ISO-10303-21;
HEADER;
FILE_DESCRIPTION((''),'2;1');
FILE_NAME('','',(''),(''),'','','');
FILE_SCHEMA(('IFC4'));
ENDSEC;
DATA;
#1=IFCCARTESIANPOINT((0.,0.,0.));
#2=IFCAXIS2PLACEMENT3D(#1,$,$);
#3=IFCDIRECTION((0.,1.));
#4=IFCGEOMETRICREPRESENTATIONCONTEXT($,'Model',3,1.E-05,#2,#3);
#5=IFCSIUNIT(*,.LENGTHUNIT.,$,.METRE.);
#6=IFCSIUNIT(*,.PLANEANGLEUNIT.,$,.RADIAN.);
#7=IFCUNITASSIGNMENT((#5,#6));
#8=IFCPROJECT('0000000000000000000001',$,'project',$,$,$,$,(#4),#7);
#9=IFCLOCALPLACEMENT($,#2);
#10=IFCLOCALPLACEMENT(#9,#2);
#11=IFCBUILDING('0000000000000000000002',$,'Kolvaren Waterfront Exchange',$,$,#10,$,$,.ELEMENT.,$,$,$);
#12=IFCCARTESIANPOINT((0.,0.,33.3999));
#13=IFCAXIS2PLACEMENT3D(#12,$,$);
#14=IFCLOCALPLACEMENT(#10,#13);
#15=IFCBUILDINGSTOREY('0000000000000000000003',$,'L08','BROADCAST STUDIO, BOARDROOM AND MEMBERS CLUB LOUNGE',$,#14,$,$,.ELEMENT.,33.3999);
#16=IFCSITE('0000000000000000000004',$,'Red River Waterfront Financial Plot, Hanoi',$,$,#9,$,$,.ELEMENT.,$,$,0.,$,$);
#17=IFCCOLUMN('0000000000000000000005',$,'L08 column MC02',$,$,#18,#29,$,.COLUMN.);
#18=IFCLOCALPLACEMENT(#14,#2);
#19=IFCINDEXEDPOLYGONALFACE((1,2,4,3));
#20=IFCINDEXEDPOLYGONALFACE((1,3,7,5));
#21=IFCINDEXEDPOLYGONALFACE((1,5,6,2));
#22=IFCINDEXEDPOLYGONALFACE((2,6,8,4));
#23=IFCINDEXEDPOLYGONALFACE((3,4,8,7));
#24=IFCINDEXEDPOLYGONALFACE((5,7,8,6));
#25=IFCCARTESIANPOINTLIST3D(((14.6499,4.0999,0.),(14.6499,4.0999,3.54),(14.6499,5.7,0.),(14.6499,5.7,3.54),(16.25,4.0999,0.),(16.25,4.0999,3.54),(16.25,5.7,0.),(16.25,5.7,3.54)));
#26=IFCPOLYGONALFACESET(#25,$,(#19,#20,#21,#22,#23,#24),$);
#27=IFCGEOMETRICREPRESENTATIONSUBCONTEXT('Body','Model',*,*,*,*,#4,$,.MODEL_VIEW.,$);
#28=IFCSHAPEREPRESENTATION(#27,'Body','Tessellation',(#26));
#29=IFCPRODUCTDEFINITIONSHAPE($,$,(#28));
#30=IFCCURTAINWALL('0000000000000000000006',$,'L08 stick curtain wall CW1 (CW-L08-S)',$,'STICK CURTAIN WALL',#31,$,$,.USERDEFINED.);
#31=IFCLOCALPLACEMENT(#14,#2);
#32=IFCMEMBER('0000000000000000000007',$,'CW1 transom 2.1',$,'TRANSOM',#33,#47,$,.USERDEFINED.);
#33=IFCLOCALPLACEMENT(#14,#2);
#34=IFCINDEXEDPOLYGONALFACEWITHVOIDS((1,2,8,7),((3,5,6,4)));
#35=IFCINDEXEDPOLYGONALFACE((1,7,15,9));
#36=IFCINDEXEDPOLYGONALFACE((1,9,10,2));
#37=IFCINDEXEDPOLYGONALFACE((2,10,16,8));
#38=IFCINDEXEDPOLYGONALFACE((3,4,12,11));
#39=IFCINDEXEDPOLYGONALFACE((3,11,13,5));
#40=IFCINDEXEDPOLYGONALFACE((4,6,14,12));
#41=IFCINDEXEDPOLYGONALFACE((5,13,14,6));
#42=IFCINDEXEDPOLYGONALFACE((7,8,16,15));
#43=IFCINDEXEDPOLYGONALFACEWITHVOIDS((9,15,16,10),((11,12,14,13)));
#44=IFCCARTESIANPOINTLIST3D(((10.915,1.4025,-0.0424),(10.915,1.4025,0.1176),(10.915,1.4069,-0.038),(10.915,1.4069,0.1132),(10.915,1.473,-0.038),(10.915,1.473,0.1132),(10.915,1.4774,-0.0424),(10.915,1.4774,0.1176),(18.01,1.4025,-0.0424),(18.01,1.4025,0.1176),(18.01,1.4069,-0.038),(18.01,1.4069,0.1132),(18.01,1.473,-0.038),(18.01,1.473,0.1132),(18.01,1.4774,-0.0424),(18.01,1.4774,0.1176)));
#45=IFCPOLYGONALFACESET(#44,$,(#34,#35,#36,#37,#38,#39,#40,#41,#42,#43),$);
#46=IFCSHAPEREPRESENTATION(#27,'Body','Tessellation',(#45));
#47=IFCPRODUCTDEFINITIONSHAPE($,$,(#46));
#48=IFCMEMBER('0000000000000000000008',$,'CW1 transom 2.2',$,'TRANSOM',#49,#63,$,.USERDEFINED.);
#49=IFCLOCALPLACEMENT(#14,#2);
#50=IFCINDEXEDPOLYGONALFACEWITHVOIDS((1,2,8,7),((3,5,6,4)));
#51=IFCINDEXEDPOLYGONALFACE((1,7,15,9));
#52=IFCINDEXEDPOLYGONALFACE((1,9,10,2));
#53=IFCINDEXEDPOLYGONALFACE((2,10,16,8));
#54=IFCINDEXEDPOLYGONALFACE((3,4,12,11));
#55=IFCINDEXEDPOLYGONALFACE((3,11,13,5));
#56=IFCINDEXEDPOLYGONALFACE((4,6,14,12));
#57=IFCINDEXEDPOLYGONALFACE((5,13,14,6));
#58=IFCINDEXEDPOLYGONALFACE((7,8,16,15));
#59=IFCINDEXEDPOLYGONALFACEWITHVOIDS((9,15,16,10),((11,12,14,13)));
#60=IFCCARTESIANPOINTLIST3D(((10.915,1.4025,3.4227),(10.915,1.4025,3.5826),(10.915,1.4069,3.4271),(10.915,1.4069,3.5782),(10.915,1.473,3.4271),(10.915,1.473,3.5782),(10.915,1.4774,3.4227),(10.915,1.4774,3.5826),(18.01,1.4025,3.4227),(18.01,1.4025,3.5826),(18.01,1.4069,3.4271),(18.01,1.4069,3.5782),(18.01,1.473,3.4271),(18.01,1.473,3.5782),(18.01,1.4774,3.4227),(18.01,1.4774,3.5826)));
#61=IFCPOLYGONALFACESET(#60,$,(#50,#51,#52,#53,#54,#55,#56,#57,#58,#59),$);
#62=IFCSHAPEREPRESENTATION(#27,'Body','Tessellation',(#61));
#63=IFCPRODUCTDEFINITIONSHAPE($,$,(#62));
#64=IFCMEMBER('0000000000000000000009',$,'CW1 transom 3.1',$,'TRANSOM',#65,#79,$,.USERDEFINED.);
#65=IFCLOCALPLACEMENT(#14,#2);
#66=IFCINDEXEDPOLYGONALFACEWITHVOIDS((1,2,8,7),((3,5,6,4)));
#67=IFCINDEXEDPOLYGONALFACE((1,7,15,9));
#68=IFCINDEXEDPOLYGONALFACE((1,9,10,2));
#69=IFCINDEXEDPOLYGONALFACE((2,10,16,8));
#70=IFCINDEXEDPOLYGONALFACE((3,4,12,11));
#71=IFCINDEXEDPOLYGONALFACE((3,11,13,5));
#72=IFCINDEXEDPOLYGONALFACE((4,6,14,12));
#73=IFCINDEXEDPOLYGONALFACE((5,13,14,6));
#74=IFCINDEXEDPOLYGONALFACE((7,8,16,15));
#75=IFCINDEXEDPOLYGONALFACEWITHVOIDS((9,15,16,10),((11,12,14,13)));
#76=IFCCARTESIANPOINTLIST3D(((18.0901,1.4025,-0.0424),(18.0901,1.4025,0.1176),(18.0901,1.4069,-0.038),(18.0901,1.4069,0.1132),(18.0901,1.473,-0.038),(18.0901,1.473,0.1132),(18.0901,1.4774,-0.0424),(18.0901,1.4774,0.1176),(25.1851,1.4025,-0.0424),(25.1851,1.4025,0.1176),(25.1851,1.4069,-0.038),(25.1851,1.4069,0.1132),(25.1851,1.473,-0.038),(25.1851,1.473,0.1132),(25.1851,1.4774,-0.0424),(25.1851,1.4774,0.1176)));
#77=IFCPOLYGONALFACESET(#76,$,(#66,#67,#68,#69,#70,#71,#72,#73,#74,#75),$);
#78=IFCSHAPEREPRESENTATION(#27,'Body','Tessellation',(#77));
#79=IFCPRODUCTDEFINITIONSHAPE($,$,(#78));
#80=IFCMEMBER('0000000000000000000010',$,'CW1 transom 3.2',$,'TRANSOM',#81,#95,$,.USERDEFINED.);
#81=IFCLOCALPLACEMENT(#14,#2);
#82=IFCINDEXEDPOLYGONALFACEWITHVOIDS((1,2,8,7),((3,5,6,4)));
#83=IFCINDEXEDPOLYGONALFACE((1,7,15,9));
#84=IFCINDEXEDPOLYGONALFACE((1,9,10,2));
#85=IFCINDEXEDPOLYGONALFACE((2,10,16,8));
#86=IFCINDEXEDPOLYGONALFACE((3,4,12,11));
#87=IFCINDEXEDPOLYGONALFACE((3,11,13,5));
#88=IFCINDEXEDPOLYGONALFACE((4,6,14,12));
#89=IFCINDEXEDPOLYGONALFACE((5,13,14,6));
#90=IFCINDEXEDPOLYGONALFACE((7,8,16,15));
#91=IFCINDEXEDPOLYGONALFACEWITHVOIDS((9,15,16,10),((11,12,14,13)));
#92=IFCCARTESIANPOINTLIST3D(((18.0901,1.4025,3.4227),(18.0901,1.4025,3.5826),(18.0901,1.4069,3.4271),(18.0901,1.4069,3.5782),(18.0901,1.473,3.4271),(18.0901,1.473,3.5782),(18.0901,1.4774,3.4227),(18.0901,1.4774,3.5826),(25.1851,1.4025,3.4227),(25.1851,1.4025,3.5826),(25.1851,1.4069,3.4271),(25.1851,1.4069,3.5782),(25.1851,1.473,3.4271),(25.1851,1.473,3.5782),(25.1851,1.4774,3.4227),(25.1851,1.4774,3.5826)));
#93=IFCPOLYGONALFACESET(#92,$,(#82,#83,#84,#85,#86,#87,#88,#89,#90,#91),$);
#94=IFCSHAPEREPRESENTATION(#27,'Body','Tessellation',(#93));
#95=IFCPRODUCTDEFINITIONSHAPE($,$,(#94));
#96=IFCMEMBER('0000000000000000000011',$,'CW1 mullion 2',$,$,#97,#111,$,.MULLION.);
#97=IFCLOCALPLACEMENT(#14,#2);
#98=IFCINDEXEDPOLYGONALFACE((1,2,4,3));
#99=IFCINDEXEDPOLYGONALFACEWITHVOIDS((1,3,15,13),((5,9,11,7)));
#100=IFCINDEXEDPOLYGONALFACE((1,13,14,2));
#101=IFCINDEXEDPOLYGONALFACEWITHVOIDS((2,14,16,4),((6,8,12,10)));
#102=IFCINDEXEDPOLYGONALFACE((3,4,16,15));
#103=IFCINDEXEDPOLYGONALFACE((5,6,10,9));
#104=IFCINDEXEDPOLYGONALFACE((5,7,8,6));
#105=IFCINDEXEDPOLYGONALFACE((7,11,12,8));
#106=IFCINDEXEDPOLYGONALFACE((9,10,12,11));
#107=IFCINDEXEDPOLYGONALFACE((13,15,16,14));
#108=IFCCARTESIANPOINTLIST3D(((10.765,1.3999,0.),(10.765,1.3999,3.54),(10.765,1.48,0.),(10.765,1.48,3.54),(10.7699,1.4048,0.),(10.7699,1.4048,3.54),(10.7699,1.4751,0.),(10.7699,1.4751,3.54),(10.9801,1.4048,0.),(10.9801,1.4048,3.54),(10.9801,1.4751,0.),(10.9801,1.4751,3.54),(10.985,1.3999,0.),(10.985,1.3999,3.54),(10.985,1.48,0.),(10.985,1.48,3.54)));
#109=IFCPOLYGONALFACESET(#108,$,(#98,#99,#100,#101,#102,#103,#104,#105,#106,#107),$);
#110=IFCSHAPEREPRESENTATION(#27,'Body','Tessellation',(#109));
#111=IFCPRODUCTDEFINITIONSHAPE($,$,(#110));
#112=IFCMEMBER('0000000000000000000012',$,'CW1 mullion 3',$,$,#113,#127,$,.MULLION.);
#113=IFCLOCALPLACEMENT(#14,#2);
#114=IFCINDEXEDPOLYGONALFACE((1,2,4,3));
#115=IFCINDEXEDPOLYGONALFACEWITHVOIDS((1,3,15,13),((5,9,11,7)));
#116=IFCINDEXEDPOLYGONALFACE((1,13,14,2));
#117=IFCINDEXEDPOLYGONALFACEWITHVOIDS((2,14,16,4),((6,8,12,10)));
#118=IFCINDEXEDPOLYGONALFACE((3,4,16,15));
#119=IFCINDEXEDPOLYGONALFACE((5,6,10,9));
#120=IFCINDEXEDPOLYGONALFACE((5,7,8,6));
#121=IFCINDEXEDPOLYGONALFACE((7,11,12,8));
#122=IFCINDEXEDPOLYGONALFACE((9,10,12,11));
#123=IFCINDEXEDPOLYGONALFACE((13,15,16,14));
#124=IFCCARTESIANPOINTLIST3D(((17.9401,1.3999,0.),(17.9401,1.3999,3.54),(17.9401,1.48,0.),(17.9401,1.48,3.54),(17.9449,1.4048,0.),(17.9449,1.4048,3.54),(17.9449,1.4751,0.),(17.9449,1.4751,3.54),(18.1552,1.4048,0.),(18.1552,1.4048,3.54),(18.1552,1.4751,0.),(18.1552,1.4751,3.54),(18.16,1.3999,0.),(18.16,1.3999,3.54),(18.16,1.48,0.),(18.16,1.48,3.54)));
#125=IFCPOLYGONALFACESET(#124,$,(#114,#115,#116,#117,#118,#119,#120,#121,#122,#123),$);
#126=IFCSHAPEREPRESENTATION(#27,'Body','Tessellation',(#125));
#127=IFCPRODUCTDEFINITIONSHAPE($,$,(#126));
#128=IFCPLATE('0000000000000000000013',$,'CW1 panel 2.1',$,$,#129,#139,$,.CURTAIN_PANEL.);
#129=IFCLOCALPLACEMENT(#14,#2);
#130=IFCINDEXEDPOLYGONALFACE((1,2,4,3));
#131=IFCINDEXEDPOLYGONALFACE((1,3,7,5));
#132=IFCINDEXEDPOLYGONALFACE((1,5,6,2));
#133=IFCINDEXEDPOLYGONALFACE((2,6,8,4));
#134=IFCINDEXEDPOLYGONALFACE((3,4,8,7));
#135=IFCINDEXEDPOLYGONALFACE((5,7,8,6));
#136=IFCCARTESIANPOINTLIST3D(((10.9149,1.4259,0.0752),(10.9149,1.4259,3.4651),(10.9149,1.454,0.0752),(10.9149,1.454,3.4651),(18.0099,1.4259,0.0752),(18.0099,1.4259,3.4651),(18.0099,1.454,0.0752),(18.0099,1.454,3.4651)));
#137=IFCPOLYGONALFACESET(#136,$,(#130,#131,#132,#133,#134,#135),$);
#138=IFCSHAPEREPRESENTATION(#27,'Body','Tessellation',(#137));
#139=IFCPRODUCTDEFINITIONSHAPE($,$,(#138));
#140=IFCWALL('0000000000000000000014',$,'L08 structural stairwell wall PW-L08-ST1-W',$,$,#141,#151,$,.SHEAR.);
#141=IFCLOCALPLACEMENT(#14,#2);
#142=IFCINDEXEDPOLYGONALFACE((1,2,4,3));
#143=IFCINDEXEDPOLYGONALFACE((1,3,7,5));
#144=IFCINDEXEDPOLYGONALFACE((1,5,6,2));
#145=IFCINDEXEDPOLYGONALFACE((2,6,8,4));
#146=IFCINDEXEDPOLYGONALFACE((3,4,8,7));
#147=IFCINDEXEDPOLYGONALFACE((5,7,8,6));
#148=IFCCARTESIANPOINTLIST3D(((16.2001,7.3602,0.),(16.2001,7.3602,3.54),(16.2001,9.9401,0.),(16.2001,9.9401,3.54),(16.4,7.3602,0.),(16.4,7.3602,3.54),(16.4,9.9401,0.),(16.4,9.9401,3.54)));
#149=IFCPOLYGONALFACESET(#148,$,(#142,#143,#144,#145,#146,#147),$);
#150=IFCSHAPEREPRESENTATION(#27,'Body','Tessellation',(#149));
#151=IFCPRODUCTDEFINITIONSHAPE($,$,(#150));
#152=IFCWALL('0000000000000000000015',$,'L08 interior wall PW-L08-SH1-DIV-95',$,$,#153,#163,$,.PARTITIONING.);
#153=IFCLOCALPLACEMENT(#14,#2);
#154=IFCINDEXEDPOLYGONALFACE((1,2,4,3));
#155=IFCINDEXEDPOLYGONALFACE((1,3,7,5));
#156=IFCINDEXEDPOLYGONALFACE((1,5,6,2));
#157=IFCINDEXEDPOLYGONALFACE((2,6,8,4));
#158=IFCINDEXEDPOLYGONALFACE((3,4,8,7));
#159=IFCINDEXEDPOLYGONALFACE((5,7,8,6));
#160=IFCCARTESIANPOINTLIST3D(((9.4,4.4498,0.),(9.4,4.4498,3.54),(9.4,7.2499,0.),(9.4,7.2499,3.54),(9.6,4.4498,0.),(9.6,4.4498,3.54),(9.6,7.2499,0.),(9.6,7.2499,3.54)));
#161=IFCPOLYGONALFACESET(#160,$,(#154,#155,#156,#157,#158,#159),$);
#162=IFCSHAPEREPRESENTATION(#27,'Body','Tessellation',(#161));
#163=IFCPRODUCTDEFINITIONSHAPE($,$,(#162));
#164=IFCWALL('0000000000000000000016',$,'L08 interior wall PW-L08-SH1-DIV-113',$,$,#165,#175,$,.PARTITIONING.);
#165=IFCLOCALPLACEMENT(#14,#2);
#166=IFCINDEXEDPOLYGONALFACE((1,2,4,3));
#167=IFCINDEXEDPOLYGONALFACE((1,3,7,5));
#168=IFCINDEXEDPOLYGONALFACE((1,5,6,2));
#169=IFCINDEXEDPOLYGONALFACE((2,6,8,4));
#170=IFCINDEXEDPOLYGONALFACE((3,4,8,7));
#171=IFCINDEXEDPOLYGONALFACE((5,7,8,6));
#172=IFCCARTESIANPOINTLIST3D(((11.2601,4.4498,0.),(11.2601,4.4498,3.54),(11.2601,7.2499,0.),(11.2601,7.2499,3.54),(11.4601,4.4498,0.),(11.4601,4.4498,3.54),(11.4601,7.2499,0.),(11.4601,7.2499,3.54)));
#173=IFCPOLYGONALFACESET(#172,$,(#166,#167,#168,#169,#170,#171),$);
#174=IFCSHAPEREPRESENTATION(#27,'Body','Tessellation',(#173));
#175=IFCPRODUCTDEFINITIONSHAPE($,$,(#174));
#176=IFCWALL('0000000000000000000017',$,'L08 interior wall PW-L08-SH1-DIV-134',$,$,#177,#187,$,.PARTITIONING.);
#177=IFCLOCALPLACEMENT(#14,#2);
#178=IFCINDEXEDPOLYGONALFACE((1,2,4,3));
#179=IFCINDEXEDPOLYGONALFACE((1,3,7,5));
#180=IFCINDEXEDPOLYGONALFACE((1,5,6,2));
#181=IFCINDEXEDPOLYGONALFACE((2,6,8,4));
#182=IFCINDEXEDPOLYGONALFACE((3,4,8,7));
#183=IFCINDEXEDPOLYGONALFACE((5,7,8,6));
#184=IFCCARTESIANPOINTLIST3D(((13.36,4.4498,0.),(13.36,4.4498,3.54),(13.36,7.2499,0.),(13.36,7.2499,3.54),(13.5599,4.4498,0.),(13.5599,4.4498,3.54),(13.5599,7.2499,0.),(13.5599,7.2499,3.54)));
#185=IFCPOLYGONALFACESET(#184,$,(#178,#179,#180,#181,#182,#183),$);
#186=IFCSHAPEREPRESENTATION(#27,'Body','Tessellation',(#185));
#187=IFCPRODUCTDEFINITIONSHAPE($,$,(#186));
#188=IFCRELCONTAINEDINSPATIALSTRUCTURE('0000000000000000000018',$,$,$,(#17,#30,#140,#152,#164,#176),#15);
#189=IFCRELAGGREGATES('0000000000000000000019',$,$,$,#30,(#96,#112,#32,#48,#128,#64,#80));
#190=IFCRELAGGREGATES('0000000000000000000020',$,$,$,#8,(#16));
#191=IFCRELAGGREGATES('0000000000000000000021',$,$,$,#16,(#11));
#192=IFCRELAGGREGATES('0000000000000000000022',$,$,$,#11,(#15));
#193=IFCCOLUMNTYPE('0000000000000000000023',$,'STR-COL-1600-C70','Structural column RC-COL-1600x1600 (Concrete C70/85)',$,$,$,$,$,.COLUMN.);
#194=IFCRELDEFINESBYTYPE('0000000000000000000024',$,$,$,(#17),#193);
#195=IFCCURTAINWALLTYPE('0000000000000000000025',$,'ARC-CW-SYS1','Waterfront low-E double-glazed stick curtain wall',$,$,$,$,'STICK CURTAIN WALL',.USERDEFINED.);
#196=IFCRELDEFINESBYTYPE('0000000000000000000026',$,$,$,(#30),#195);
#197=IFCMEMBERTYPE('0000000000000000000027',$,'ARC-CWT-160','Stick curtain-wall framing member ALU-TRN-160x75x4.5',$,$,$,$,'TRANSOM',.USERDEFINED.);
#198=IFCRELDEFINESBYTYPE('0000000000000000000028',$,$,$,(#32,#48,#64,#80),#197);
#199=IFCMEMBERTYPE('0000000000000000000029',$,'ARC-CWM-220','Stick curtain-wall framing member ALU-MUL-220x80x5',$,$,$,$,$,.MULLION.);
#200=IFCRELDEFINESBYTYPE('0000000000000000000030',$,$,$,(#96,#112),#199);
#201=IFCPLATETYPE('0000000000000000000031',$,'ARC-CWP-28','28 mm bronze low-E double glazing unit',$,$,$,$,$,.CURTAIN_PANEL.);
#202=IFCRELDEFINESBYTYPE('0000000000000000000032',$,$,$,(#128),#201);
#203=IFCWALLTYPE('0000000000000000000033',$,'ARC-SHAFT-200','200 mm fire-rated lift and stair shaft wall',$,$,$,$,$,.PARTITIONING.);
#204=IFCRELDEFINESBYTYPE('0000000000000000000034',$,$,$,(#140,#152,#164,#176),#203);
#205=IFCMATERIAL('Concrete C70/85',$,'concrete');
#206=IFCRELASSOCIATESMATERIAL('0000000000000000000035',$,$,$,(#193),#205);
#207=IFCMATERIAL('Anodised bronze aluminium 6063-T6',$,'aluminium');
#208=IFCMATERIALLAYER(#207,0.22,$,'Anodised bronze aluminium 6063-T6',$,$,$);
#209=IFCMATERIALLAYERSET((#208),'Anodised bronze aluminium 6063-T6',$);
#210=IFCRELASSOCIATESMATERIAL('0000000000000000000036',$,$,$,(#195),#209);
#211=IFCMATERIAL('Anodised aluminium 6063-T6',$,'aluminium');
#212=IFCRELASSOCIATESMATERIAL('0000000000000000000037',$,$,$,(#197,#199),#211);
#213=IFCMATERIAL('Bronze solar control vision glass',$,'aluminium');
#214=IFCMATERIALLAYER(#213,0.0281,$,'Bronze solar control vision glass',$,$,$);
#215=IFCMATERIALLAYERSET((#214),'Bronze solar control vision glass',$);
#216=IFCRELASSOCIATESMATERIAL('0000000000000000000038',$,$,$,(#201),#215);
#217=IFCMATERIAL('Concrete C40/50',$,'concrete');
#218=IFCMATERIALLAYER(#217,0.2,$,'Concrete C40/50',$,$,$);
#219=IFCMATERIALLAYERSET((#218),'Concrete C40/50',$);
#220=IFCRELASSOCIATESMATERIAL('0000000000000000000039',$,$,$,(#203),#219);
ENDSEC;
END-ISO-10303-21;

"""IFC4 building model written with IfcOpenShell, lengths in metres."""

from ifc_helpers import new_model, si_unit, direction, frame, frame_2d, origin, origin_with_axes, origin_2d, place, context, subcontext, project, spatial, rectangle, hollow_rectangle, extrude, source, transform, mapped, material, layer, layer_set, material_profile, profile_set, type_object, element, aggregate, save


model = new_model("IFC4")

# Units and contexts
model_context = context("Model", 3, precision=1e-05, world=origin(), true_north=direction((0.0, 1.0)))
body_context = subcontext(model_context, "Body", "Model", "MODEL_VIEW")
ifc_project = project(units=[si_unit("LENGTHUNIT", "METRE"), si_unit("PLANEANGLEUNIT", "RADIAN")], contexts=[model_context])

# Site, building, storey
site_placement = place(None, origin())
site = spatial("IfcSite", under=ifc_project, at=site_placement, Name="Red River Waterfront Financial Plot, Hanoi", CompositionType="ELEMENT", RefElevation=0.0)
building_placement = place(site_placement, origin())
building = spatial("IfcBuilding", under=site, at=building_placement, Name="Kolvaren Waterfront Exchange", CompositionType="ELEMENT")
storey_placement = place(building_placement, frame((0.0, 0.0, 33.3999)))
storey = spatial("IfcBuildingStorey", under=building, at=storey_placement, Name="L08", Description="BROADCAST STUDIO, BOARDROOM AND MEMBERS CLUB LOUNGE", CompositionType="ELEMENT", Elevation=33.3999)

# Column
ifc_material_1 = material(Name="Concrete C70/85", Category="concrete")
ifc_material_profile_1 = material_profile(ifc_material_1, rectangle(XDim=1.6001, YDim=1.6001, at=origin_2d()), Name="RC-COL-1600x1600")
ifc_profile_set_1 = profile_set([ifc_material_profile_1], Name="Concrete C70/85")
column_type = type_object("IfcColumnType", Name="STR-COL-1600-C70", Description="Structural column RC-COL-1600x1600 (Concrete C70/85)", PredefinedType="COLUMN", material=ifc_profile_set_1)
column_placement = place(storey_placement, frame((15.45, 4.8999, 0.0), z_axis=(0.0, 0.0, 1.0), x_axis=(1.0, 0.0, 0.0)))
element("IfcColumn", 1, at=column_placement, inside=storey, type_object=column_type, Name="L08 column MC02", PredefinedType="COLUMN", context=body_context, shape_type="SweptSolid", body=[
    extrude(rectangle(XDim=1.6001, YDim=1.6001, at=origin_2d()), origin(), (0.0, 0.0, 1.0), 3.54),
])

# Curtain wall, members, plate
ifc_material_2 = material(Name="Anodised bronze aluminium 6063-T6", Category="aluminium")
ifc_layer_1 = layer(ifc_material_2, 0.22, Name="Anodised bronze aluminium 6063-T6")
ifc_layer_set_1 = layer_set([ifc_layer_1], Name="Anodised bronze aluminium 6063-T6")
curtain_wall_type = type_object("IfcCurtainWallType", Name="ARC-CW-SYS1", Description="Waterfront low-E double-glazed stick curtain wall", ElementType="STICK CURTAIN WALL", PredefinedType="USERDEFINED", material=ifc_layer_set_1)
curtain_wall_placement = place(storey_placement, origin())
curtain_wall = element("IfcCurtainWall", 2, at=curtain_wall_placement, inside=storey, type_object=curtain_wall_type, Name="L08 stick curtain wall CW1 (CW-L08-S)", ObjectType="STICK CURTAIN WALL", PredefinedType="USERDEFINED")
ifc_material_3 = material(Name="Anodised aluminium 6063-T6", Category="aluminium")
ifc_material_profile_2 = material_profile(ifc_material_3, hollow_rectangle(XDim=0.075, YDim=0.1599, WallThickness=0.0044, at=origin_2d()), Name="ALU-TRN-160x75x4.5")
ifc_profile_set_2 = profile_set([ifc_material_profile_2], Name="Anodised aluminium 6063-T6")
member_type_1 = type_object("IfcMemberType", Name="ARC-CWT-160", Description="Stick curtain-wall framing member ALU-TRN-160x75x4.5", ElementType="TRANSOM", PredefinedType="USERDEFINED", material=ifc_profile_set_2)
shared_shape_1 = source(origin_with_axes(), body_context, "Body", "SweptSolid", [
    extrude(hollow_rectangle(XDim=0.075, YDim=0.1599, WallThickness=0.0044, at=origin_2d()), origin(), (0.0, 0.0, 1.0), 7.095),
])
member_1_placement = place(storey_placement, frame((10.915, 1.4399, 0.0376), z_axis=(1.0, 0.0, 0.0), x_axis=(0.0, 1.0, 0.0)))
member_1 = element("IfcMember", 3, at=member_1_placement, type_object=member_type_1, Name="CW1 transom 2.1", ObjectType="TRANSOM", PredefinedType="USERDEFINED", context=body_context, shape_type="MappedRepresentation", body=[
    mapped(shared_shape_1, transform((0.0, 0.0, 0.0), x_axis=(1.0, 0.0, 0.0), y_axis=(0.0, 1.0, 0.0), z_axis=(0.0, 0.0, 1.0), scale=1.0)),
])
member_2_placement = place(storey_placement, frame((10.915, 1.4399, 3.5027), z_axis=(1.0, 0.0, 0.0), x_axis=(0.0, 1.0, 0.0)))
member_2 = element("IfcMember", 4, at=member_2_placement, type_object=member_type_1, Name="CW1 transom 2.2", ObjectType="TRANSOM", PredefinedType="USERDEFINED", context=body_context, shape_type="MappedRepresentation", body=[
    mapped(shared_shape_1, transform((0.0, 0.0, 0.0), x_axis=(1.0, 0.0, 0.0), y_axis=(0.0, 1.0, 0.0), z_axis=(0.0, 0.0, 1.0), scale=1.0)),
])
member_3_placement = place(storey_placement, frame((18.0901, 1.4399, 0.0376), z_axis=(1.0, 0.0, 0.0), x_axis=(0.0, 1.0, 0.0)))
member_3 = element("IfcMember", 5, at=member_3_placement, type_object=member_type_1, Name="CW1 transom 3.1", ObjectType="TRANSOM", PredefinedType="USERDEFINED", context=body_context, shape_type="MappedRepresentation", body=[
    mapped(shared_shape_1, transform((0.0, 0.0, 0.0), x_axis=(1.0, 0.0, 0.0), y_axis=(0.0, 1.0, 0.0), z_axis=(0.0, 0.0, 1.0), scale=1.0)),
])
member_4_placement = place(storey_placement, frame((18.0901, 1.4399, 3.5027), z_axis=(1.0, 0.0, 0.0), x_axis=(0.0, 1.0, 0.0)))
member_4 = element("IfcMember", 6, at=member_4_placement, type_object=member_type_1, Name="CW1 transom 3.2", ObjectType="TRANSOM", PredefinedType="USERDEFINED", context=body_context, shape_type="MappedRepresentation", body=[
    mapped(shared_shape_1, transform((0.0, 0.0, 0.0), x_axis=(1.0, 0.0, 0.0), y_axis=(0.0, 1.0, 0.0), z_axis=(0.0, 0.0, 1.0), scale=1.0)),
])
ifc_material_profile_3 = material_profile(ifc_material_3, hollow_rectangle(XDim=0.0801, YDim=0.22, WallThickness=0.0049, at=origin_2d()), Name="ALU-MUL-220x80x5")
ifc_profile_set_3 = profile_set([ifc_material_profile_3], Name="Anodised aluminium 6063-T6")
member_type_2 = type_object("IfcMemberType", Name="ARC-CWM-220", Description="Stick curtain-wall framing member ALU-MUL-220x80x5", PredefinedType="MULLION", material=ifc_profile_set_3)
shared_shape_2 = source(origin_with_axes(), body_context, "Body", "SweptSolid", [
    extrude(hollow_rectangle(XDim=0.0801, YDim=0.22, WallThickness=0.0049, at=origin_2d()), origin(), (0.0, 0.0, 1.0), 3.54),
])
member_5_placement = place(storey_placement, frame((10.875, 1.4399, 0.0), z_axis=(0.0, 0.0, 1.0), x_axis=(0.0, 1.0, 0.0)))
member_5 = element("IfcMember", 7, at=member_5_placement, type_object=member_type_2, Name="CW1 mullion 2", PredefinedType="MULLION", context=body_context, shape_type="MappedRepresentation", body=[
    mapped(shared_shape_2, transform((0.0, 0.0, 0.0), x_axis=(1.0, 0.0, 0.0), y_axis=(0.0, 1.0, 0.0), z_axis=(0.0, 0.0, 1.0), scale=1.0)),
])
member_6_placement = place(storey_placement, frame((18.05, 1.4399, 0.0), z_axis=(0.0, 0.0, 1.0), x_axis=(0.0, 1.0, 0.0)))
member_6 = element("IfcMember", 8, at=member_6_placement, type_object=member_type_2, Name="CW1 mullion 3", PredefinedType="MULLION", context=body_context, shape_type="MappedRepresentation", body=[
    mapped(shared_shape_2, transform((0.0, 0.0, 0.0), x_axis=(1.0, 0.0, 0.0), y_axis=(0.0, 1.0, 0.0), z_axis=(0.0, 0.0, 1.0), scale=1.0)),
])
ifc_material_4 = material(Name="Bronze solar control vision glass", Category="aluminium")
ifc_layer_2 = layer(ifc_material_4, 0.0281, Name="Bronze solar control vision glass")
ifc_layer_set_2 = layer_set([ifc_layer_2], Name="Bronze solar control vision glass")
plate_type = type_object("IfcPlateType", Name="ARC-CWP-28", Description="28 mm bronze low-E double glazing unit", PredefinedType="CURTAIN_PANEL", material=ifc_layer_set_2)
shared_shape_3 = source(origin_with_axes(), body_context, "Body", "SweptSolid", [
    extrude(rectangle(XDim=7.095, YDim=0.0281, at=origin_2d()), origin(), (0.0, 0.0, 1.0), 3.3899),
])
plate_placement = place(storey_placement, frame((14.4624, 1.4399, 0.0752), z_axis=(0.0, 0.0, 1.0), x_axis=(1.0, 0.0, 0.0)))
plate = element("IfcPlate", 9, at=plate_placement, type_object=plate_type, Name="CW1 panel 2.1", PredefinedType="CURTAIN_PANEL", context=body_context, shape_type="MappedRepresentation", body=[
    mapped(shared_shape_3, transform((0.0, 0.0, 0.0), x_axis=(1.0, 0.0, 0.0), y_axis=(0.0, 1.0, 0.0), z_axis=(0.0, 0.0, 1.0), scale=1.0)),
])
aggregate(curtain_wall, [member_5, member_6, member_1, member_2, plate, member_3, member_4])

# Walls
ifc_material_5 = material(Name="Concrete C40/50", Category="concrete")
ifc_layer_3 = layer(ifc_material_5, 0.2, Name="Concrete C40/50")
ifc_layer_set_3 = layer_set([ifc_layer_3], Name="Concrete C40/50")
wall_type_1 = type_object("IfcWallType", Name="ARC-SHAFT-200", Description="200 mm fire-rated lift and stair shaft wall", PredefinedType="PARTITIONING", material=ifc_layer_set_3)
wall_1_placement = place(storey_placement, frame((16.3, 7.3601, 0.0), z_axis=(0.0, 0.0, 1.0), x_axis=(0.0, 1.0, 0.0)))
element("IfcWall", 10, at=wall_1_placement, inside=storey, type_object=wall_type_1, Name="L08 structural stairwell wall PW-L08-ST1-W", PredefinedType="SHEAR", context=body_context, shape_type="SweptSolid", body=[
    extrude(rectangle(XDim=2.5798, YDim=0.2, at=frame_2d((1.29, 0.0))), origin(), (0.0, 0.0, 1.0), 3.54),
])
for number, where, z_axis, x_axis, name in (
    (11, (9.5, 4.45, 0.0), (0.0, 0.0, 1.0), (0.0, 1.0, 0.0), "L08 interior wall PW-L08-SH1-DIV-95"),
    (12, (11.3601, 4.45, 0.0), (0.0, 0.0, 1.0), (0.0, 1.0, 0.0), "L08 interior wall PW-L08-SH1-DIV-113"),
    (13, (13.46, 4.45, 0.0), (0.0, 0.0, 1.0), (0.0, 1.0, 0.0), "L08 interior wall PW-L08-SH1-DIV-134"),
):
    element("IfcWall", number, at=place(storey_placement, frame(where, z_axis=z_axis, x_axis=x_axis)), inside=storey, type_object=wall_type_1, Name=name, PredefinedType="PARTITIONING", context=body_context, shape_type="SweptSolid", body=[
        extrude(rectangle(XDim=2.8, YDim=0.2, at=frame_2d((1.3999, 0.0))), origin(), (0.0, 0.0, 1.0), 3.54),
    ])

save(model, "model.ifc")
